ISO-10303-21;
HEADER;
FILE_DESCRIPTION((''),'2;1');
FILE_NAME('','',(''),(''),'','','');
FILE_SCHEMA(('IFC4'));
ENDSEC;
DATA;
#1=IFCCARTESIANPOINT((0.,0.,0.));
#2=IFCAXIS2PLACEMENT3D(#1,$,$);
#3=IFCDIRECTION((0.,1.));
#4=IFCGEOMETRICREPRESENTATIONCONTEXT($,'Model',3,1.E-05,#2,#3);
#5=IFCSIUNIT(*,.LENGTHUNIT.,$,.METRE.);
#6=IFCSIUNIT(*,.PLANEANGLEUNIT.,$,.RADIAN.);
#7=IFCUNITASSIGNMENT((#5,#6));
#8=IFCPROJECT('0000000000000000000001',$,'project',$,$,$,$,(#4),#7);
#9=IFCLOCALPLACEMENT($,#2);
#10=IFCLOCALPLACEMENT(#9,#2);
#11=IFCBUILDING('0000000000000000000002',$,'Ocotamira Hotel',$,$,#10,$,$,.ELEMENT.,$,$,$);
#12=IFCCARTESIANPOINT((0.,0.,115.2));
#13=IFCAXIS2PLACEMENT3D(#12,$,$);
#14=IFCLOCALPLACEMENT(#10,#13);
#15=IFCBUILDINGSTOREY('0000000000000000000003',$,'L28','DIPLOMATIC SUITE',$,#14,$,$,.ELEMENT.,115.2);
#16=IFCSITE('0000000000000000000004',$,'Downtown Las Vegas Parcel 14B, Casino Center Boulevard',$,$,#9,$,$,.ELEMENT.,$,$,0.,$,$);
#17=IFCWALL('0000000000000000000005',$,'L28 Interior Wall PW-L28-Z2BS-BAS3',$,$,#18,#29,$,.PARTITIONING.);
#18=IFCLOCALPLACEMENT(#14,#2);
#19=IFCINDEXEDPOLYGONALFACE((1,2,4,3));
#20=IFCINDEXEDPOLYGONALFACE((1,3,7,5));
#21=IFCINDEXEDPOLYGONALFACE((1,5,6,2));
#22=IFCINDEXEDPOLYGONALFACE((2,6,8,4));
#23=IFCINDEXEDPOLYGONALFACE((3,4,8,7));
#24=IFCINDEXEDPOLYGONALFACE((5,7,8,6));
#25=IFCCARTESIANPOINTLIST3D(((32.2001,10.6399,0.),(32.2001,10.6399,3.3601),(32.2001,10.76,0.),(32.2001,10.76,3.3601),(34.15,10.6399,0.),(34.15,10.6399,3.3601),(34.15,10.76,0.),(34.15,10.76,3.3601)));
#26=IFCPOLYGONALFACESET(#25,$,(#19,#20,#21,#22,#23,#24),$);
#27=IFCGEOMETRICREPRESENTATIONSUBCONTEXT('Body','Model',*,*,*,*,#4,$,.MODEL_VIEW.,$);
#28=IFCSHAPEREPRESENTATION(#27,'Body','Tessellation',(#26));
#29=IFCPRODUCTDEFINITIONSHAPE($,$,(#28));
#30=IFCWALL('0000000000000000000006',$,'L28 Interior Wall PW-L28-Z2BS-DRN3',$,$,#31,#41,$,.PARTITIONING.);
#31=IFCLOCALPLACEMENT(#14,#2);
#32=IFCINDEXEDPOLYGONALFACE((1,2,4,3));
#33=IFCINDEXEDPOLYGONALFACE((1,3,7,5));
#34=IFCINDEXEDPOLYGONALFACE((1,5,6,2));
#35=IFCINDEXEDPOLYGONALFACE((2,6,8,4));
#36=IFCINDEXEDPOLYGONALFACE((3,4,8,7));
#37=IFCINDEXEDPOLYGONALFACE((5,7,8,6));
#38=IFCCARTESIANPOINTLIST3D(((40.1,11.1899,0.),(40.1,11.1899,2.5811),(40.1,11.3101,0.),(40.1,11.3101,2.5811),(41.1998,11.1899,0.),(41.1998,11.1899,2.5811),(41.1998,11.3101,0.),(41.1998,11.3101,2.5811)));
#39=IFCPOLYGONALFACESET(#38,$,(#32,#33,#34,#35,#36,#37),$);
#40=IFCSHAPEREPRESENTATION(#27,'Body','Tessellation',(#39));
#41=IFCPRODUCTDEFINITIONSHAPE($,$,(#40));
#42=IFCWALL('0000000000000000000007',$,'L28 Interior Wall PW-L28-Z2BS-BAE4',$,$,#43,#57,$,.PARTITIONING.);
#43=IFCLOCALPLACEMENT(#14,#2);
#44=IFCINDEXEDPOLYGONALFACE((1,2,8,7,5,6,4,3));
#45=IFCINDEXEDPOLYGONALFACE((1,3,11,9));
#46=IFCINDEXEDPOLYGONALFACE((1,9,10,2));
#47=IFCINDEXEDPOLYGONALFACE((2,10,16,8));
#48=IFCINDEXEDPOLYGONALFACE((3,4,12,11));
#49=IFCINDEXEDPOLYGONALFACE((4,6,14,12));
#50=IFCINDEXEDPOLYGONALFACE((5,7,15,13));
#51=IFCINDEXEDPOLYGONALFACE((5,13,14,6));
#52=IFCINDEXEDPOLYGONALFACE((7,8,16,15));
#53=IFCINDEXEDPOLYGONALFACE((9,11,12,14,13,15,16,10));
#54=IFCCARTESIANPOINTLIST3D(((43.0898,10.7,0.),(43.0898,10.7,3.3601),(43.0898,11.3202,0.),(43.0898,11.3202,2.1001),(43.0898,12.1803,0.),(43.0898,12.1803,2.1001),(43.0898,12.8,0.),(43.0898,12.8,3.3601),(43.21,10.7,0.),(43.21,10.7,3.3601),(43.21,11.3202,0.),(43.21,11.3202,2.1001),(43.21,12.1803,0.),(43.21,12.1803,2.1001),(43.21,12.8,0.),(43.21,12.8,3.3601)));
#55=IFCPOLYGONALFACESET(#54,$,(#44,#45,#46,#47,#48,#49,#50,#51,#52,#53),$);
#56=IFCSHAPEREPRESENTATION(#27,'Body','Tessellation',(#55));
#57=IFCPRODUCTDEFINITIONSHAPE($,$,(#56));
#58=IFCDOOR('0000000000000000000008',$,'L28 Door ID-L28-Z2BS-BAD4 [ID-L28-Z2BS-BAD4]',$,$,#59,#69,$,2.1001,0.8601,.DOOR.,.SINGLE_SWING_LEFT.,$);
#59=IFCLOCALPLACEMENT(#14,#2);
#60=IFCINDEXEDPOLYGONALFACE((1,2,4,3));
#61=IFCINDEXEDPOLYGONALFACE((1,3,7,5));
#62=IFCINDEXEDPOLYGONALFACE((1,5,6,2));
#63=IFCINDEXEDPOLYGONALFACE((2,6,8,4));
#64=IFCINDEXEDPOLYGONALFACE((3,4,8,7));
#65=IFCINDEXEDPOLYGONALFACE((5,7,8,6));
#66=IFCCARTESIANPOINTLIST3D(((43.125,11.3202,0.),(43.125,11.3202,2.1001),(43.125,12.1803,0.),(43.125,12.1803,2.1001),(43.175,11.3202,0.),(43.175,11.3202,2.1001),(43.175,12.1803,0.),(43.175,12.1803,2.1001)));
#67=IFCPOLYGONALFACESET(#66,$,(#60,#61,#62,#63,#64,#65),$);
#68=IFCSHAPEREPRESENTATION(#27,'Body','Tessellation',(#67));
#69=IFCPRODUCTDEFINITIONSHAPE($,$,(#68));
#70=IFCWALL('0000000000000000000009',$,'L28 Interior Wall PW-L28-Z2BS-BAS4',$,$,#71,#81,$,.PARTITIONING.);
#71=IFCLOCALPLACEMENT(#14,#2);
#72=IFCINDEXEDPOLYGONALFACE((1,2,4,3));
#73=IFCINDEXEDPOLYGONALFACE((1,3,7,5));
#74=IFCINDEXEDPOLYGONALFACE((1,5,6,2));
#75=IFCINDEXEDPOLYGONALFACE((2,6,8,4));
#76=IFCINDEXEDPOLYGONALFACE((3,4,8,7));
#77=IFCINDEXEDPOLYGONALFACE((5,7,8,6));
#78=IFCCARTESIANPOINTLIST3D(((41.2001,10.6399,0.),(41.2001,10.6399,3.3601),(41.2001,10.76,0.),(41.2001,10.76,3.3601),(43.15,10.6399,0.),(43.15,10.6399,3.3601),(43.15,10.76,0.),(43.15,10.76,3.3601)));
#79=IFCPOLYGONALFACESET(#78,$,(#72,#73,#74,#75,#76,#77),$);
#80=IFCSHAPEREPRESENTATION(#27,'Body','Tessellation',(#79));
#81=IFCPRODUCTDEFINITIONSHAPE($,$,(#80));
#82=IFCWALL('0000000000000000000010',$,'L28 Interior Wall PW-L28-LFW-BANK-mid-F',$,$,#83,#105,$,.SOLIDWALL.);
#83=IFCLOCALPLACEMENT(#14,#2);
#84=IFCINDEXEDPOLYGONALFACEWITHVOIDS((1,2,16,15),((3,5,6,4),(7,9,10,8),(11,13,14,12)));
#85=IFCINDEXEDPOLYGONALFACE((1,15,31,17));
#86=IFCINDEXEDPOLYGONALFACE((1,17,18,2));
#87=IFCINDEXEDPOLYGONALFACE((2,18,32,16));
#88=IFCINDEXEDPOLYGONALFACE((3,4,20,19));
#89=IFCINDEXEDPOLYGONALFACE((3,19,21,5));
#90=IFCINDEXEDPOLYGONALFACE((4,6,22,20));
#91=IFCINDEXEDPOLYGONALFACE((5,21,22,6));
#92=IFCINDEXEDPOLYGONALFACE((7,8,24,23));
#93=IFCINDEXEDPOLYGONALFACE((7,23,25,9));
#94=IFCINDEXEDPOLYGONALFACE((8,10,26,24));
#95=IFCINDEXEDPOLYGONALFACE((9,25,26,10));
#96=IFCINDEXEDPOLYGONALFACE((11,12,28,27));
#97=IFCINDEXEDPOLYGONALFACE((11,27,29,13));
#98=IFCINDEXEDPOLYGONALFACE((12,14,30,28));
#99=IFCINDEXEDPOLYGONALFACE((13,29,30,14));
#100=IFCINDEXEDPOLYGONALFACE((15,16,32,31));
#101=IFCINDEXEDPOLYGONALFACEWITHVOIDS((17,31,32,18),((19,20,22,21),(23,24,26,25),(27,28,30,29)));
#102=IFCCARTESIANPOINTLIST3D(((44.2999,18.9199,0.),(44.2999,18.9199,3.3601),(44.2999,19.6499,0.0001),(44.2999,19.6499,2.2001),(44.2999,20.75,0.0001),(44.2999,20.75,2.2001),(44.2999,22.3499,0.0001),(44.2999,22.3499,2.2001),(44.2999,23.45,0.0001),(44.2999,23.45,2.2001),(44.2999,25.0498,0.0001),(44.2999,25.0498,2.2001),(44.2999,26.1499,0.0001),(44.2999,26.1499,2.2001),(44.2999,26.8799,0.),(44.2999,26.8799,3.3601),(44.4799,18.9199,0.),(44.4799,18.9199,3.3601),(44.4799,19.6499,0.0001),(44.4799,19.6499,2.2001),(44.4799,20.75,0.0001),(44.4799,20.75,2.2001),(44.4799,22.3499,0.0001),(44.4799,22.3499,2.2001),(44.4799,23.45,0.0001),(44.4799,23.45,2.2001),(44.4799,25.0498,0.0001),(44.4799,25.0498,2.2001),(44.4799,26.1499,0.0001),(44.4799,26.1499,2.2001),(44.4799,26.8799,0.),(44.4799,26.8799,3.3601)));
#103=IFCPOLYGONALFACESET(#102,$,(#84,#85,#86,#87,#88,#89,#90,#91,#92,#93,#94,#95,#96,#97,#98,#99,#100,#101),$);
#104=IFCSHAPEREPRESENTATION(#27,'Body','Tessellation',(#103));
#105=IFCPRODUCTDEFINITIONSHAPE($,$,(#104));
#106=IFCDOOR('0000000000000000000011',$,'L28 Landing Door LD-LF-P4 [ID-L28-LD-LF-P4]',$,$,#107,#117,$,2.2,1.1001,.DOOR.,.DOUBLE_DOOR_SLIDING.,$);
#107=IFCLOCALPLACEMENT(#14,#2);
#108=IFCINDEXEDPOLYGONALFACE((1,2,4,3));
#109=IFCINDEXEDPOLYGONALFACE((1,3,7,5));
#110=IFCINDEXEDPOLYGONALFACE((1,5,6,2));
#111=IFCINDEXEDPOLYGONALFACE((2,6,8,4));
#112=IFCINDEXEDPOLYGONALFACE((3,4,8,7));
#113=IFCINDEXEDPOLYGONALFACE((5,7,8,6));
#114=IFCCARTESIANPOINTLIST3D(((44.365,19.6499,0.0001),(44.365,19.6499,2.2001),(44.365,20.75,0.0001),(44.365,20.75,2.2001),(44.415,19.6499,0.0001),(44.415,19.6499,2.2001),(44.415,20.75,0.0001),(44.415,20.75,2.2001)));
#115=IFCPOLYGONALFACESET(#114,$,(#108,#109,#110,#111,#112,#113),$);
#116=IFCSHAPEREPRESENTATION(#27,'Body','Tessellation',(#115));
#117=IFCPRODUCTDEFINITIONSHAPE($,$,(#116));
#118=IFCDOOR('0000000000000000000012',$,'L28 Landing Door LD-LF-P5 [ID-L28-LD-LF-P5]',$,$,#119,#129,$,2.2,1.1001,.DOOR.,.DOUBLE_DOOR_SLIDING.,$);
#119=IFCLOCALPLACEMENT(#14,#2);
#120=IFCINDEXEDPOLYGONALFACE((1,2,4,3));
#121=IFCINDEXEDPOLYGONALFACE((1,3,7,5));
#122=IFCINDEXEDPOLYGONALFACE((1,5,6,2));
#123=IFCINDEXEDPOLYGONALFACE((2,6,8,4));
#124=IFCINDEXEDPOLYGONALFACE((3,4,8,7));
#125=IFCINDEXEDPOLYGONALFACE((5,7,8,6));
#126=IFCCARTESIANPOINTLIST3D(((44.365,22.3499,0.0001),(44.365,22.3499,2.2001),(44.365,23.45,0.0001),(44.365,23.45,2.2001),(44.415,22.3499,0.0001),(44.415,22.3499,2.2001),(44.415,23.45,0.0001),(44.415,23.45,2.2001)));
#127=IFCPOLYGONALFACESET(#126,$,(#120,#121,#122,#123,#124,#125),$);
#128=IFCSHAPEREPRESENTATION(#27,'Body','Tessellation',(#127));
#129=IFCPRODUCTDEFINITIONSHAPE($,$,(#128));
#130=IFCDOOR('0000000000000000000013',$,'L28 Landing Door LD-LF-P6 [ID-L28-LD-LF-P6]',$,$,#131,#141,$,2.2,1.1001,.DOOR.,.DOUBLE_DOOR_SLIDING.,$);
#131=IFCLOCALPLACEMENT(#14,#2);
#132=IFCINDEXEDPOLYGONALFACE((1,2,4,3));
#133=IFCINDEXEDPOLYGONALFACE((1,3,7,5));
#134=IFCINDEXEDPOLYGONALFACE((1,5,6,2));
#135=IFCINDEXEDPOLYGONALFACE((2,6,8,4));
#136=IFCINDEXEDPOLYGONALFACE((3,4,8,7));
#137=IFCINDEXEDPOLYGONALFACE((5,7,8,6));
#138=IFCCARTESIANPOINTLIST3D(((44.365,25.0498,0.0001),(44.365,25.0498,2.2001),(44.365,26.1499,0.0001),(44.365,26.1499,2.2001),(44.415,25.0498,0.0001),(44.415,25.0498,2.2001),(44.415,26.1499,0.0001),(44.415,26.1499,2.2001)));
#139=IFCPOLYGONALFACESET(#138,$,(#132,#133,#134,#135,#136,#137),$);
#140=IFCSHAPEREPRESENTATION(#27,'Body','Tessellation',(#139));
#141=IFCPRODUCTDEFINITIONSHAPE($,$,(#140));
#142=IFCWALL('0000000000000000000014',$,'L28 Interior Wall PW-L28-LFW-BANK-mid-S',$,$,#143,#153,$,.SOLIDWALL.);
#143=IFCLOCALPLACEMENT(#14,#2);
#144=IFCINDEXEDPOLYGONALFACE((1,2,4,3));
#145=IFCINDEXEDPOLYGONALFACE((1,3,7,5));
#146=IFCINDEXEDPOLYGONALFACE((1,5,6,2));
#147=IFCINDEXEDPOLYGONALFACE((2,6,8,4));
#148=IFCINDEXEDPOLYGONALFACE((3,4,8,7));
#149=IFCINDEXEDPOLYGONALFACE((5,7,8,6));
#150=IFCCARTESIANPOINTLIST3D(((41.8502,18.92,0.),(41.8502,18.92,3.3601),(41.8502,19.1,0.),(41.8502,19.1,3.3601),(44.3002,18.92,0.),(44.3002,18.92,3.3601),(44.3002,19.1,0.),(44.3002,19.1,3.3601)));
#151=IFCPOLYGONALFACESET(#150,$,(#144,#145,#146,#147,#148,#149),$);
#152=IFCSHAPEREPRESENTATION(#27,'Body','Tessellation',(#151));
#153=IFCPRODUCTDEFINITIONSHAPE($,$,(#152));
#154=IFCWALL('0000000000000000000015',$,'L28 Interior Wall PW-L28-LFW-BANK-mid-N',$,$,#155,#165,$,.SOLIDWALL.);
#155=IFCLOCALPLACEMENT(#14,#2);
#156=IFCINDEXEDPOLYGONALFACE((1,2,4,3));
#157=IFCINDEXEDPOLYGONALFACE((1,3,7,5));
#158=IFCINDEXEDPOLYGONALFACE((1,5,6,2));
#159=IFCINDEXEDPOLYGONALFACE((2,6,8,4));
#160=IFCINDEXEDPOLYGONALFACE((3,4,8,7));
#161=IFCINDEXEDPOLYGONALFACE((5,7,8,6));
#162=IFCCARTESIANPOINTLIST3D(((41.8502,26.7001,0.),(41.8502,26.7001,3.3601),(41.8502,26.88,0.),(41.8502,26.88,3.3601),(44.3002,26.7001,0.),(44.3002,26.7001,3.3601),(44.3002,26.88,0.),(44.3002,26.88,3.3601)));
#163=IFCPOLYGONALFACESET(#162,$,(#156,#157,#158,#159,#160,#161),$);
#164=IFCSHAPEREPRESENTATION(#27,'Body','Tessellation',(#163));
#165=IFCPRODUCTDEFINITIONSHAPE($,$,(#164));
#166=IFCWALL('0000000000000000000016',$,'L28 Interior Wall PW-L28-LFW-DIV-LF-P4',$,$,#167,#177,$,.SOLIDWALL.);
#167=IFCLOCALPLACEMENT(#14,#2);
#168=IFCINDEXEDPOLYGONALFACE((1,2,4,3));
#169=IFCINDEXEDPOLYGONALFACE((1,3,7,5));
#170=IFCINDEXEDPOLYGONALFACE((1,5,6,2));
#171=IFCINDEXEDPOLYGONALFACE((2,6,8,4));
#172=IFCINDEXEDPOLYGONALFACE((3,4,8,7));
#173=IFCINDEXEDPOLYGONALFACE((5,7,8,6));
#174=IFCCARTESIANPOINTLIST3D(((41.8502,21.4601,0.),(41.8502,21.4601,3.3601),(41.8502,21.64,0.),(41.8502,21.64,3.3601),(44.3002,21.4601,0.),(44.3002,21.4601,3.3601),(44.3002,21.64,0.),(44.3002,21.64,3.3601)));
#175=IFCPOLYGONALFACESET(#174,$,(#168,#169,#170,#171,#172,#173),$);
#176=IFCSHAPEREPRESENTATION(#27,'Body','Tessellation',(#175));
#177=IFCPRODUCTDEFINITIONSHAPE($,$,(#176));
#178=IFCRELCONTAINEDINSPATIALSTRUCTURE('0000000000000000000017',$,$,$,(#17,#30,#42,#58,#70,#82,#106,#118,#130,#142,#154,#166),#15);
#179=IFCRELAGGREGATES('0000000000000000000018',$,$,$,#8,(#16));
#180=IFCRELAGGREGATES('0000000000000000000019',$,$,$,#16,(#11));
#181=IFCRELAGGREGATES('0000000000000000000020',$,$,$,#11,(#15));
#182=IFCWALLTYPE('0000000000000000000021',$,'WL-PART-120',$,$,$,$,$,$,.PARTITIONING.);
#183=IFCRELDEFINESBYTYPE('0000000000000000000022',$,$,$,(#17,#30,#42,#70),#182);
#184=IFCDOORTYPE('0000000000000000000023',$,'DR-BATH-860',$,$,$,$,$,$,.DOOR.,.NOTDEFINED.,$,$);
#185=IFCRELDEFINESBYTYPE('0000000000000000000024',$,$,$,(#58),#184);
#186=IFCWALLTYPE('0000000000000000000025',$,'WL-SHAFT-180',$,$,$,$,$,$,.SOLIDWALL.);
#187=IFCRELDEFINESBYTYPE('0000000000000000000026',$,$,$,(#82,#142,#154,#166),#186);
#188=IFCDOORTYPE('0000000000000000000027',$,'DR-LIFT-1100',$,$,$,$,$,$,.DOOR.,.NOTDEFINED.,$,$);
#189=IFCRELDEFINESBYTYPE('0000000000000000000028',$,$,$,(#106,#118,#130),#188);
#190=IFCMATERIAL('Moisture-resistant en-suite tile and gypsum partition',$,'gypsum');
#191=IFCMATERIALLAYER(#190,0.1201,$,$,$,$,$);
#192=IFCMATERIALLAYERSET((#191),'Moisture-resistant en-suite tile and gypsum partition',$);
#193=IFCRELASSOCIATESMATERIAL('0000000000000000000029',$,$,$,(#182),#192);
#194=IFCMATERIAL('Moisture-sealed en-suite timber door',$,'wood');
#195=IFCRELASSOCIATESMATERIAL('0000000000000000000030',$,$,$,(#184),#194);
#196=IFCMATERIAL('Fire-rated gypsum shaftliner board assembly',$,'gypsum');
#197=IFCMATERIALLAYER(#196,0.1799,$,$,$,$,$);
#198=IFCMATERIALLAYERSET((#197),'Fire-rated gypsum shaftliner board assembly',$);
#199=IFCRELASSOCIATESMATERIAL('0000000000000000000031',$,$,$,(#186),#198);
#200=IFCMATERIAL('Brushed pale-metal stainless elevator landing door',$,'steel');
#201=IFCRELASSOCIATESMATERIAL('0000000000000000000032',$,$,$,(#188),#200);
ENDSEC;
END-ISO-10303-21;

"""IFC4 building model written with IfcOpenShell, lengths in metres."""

from ifc_helpers import new_model, si_unit, direction, frame, frame_2d, origin, place, context, subcontext, project, spatial, rectangle, extrude, source, transform, mapped, material, layer, layer_set, type_object, element, fill, save


model = new_model("IFC4")

# Units and contexts
model_context = context("Model", 3, precision=1e-05, world=origin(), true_north=direction((0.0, 1.0)))
body_context = subcontext(model_context, "Body", "Model", "MODEL_VIEW")
ifc_project = project(units=[si_unit("LENGTHUNIT", "METRE"), si_unit("PLANEANGLEUNIT", "RADIAN")], contexts=[model_context])

# Site, building, storey
site_placement = place(None, origin())
site = spatial("IfcSite", under=ifc_project, at=site_placement, Name="Downtown Las Vegas Parcel 14B, Casino Center Boulevard", CompositionType="ELEMENT", RefElevation=0.0)
building_placement = place(site_placement, origin())
building = spatial("IfcBuilding", under=site, at=building_placement, Name="Ocotamira Hotel", CompositionType="ELEMENT")
storey_placement = place(building_placement, frame((0.0, 0.0, 115.2)))
storey = spatial("IfcBuildingStorey", under=building, at=storey_placement, Name="L28", Description="DIPLOMATIC SUITE", CompositionType="ELEMENT", Elevation=115.2)

# Shared definitions
ifc_material_1 = material(Name="Moisture-resistant en-suite tile and gypsum partition", Category="gypsum")
ifc_layer_1 = layer(ifc_material_1, 0.1201)
ifc_layer_set_1 = layer_set([ifc_layer_1], Name="Moisture-resistant en-suite tile and gypsum partition")
wall_type_1 = type_object("IfcWallType", Name="WL-PART-120", PredefinedType="PARTITIONING", material=ifc_layer_set_1)

# Shared definitions
ifc_material_2 = material(Name="Moisture-sealed en-suite timber door", Category="wood")
door_type_1 = type_object("IfcDoorType", Name="DR-BATH-860", OperationType="NOTDEFINED", PredefinedType="DOOR", material=ifc_material_2)
shared_shape_1 = source(origin(), body_context, "Body", "SweptSolid", [
    extrude(rectangle(XDim=0.8601, YDim=2.1001, at=frame_2d((0.4302, 1.05))), frame((0.0, 0.0249, 0.0), z_axis=(0.0, -1.0, 0.0), x_axis=(1.0, 0.0, 0.0)), (0.0, 0.0, 1.0), 0.05),
])

# Walls
wall_1_placement = place(storey_placement, frame((32.2, 10.7, 0.0), z_axis=(0.0, 0.0, 1.0), x_axis=(1.0, 0.0, 0.0)))
element("IfcWall", 1, at=wall_1_placement, inside=storey, type_object=wall_type_1, Name="L28 Interior Wall PW-L28-Z2BS-BAS3", PredefinedType="PARTITIONING", context=body_context, shape_type="SweptSolid", body=[
    extrude(rectangle(XDim=1.95, YDim=0.1201, at=frame_2d((0.9751, 0.0))), origin(), (0.0, 0.0, 1.0), 3.3601),
])
wall_2_placement = place(storey_placement, frame((40.1001, 11.25, 0.0), z_axis=(0.0, 0.0, 1.0), x_axis=(1.0, 0.0, 0.0)))
element("IfcWall", 2, at=wall_2_placement, inside=storey, type_object=wall_type_1, Name="L28 Interior Wall PW-L28-Z2BS-DRN3", PredefinedType="PARTITIONING", context=body_context, shape_type="SweptSolid", body=[
    extrude(rectangle(XDim=1.0999, YDim=0.1201, at=frame_2d((0.5498, 0.0))), origin(), (0.0, 0.0, 1.0), 2.5811),
])

# Wall, opening, door
wall_3_placement = place(storey_placement, frame((43.1499, 10.7, 0.0), z_axis=(0.0, 0.0, 1.0), x_axis=(0.0, 1.0, 0.0)))
wall_3 = element("IfcWall", 3, at=wall_3_placement, inside=storey, type_object=wall_type_1, Name="L28 Interior Wall PW-L28-Z2BS-BAE4", PredefinedType="PARTITIONING", context=body_context, shape_type="SweptSolid", body=[
    extrude(rectangle(XDim=2.1001, YDim=0.1201, at=frame_2d((1.05, 0.0))), origin(), (0.0, 0.0, 1.0), 3.3601),
])
opening_1_placement = place(wall_3_placement, frame((0.6201, 0.0, 0.0)))
opening_1 = element("IfcOpeningElement", 4, at=opening_1_placement, cuts=wall_3, PredefinedType="OPENING", context=body_context, shape_type="SweptSolid", body=[
    extrude(rectangle(XDim=0.8601, YDim=2.1001, at=frame_2d((0.4302, 1.05))), frame((0.0, 0.0701, 0.0), z_axis=(0.0, -1.0, 0.0), x_axis=(1.0, 0.0, 0.0)), (0.0, 0.0, 1.0), 0.1401),
])
door_1_placement = place(opening_1_placement, origin())
door_1 = element("IfcDoor", 5, at=door_1_placement, inside=storey, type_object=door_type_1, Name="L28 Door ID-L28-Z2BS-BAD4 [ID-L28-Z2BS-BAD4]", OperationType="SINGLE_SWING_LEFT", OverallHeight=2.1001, OverallWidth=0.8601, PredefinedType="DOOR", context=body_context, shape_type="MappedRepresentation", body=[
    mapped(shared_shape_1, transform((0.0, 0.0, 0.0), scale=1.0)),
])
fill(opening_1, door_1)

# Wall
wall_4_placement = place(storey_placement, frame((41.2, 10.7, 0.0), z_axis=(0.0, 0.0, 1.0), x_axis=(1.0, 0.0, 0.0)))
element("IfcWall", 6, at=wall_4_placement, inside=storey, type_object=wall_type_1, Name="L28 Interior Wall PW-L28-Z2BS-BAS4", PredefinedType="PARTITIONING", context=body_context, shape_type="SweptSolid", body=[
    extrude(rectangle(XDim=1.95, YDim=0.1201, at=frame_2d((0.9751, 0.0))), origin(), (0.0, 0.0, 1.0), 3.3601),
])

# Wall, openings, doors
ifc_material_3 = material(Name="Fire-rated gypsum shaftliner board assembly", Category="gypsum")
ifc_layer_2 = layer(ifc_material_3, 0.1799)
ifc_layer_set_2 = layer_set([ifc_layer_2], Name="Fire-rated gypsum shaftliner board assembly")
wall_type_2 = type_object("IfcWallType", Name="WL-SHAFT-180", PredefinedType="SOLIDWALL", material=ifc_layer_set_2)
wall_5_placement = place(storey_placement, frame((44.3899, 18.9199, 0.0), z_axis=(0.0, 0.0, 1.0), x_axis=(0.0, 1.0, 0.0)))
wall_5 = element("IfcWall", 7, at=wall_5_placement, inside=storey, type_object=wall_type_2, Name="L28 Interior Wall PW-L28-LFW-BANK-mid-F", PredefinedType="SOLIDWALL", context=body_context, shape_type="SweptSolid", body=[
    extrude(rectangle(XDim=7.96, YDim=0.1799, at=frame_2d((3.98, 0.0))), origin(), (0.0, 0.0, 1.0), 3.3601),
])
opening_2_placement = place(wall_5_placement, frame((0.73, 0.0, 0.0)))
opening_2 = element("IfcOpeningElement", 8, at=opening_2_placement, cuts=wall_5, PredefinedType="OPENING", context=body_context, shape_type="SweptSolid", body=[
    extrude(rectangle(XDim=1.1001, YDim=2.2, at=frame_2d((0.55, 1.1001))), frame((0.0, 0.1001, 0.0), z_axis=(0.0, -1.0, 0.0), x_axis=(1.0, 0.0, 0.0)), (0.0, 0.0, 1.0), 0.2),
])
opening_3_placement = place(wall_5_placement, frame((3.4299, 0.0, 0.0)))
opening_3 = element("IfcOpeningElement", 9, at=opening_3_placement, cuts=wall_5, PredefinedType="OPENING", context=body_context, shape_type="SweptSolid", body=[
    extrude(rectangle(XDim=1.1001, YDim=2.2, at=frame_2d((0.55, 1.1001))), frame((0.0, 0.1001, 0.0), z_axis=(0.0, -1.0, 0.0), x_axis=(1.0, 0.0, 0.0)), (0.0, 0.0, 1.0), 0.2),
])
opening_4_placement = place(wall_5_placement, frame((6.1299, 0.0, 0.0)))
opening_4 = element("IfcOpeningElement", 10, at=opening_4_placement, cuts=wall_5, PredefinedType="OPENING", context=body_context, shape_type="SweptSolid", body=[
    extrude(rectangle(XDim=1.1001, YDim=2.2, at=frame_2d((0.55, 1.1001))), frame((0.0, 0.1001, 0.0), z_axis=(0.0, -1.0, 0.0), x_axis=(1.0, 0.0, 0.0)), (0.0, 0.0, 1.0), 0.2),
])
ifc_material_4 = material(Name="Brushed pale-metal stainless elevator landing door", Category="steel")
door_type_2 = type_object("IfcDoorType", Name="DR-LIFT-1100", OperationType="NOTDEFINED", PredefinedType="DOOR", material=ifc_material_4)
shared_shape_2 = source(origin(), body_context, "Body", "SweptSolid", [
    extrude(rectangle(XDim=1.1001, YDim=2.2, at=frame_2d((0.55, 1.1001))), frame((0.0, 0.0249, 0.0), z_axis=(0.0, -1.0, 0.0), x_axis=(1.0, 0.0, 0.0)), (0.0, 0.0, 1.0), 0.05),
])
door_2_placement = place(opening_2_placement, origin())
door_2 = element("IfcDoor", 11, at=door_2_placement, inside=storey, type_object=door_type_2, Name="L28 Landing Door LD-LF-P4 [ID-L28-LD-LF-P4]", OperationType="DOUBLE_DOOR_SLIDING", OverallHeight=2.2, OverallWidth=1.1001, PredefinedType="DOOR", context=body_context, shape_type="MappedRepresentation", body=[
    mapped(shared_shape_2, transform((0.0, 0.0, 0.0), scale=1.0)),
])
fill(opening_2, door_2)
door_3_placement = place(opening_3_placement, origin())
door_3 = element("IfcDoor", 12, at=door_3_placement, inside=storey, type_object=door_type_2, Name="L28 Landing Door LD-LF-P5 [ID-L28-LD-LF-P5]", OperationType="DOUBLE_DOOR_SLIDING", OverallHeight=2.2, OverallWidth=1.1001, PredefinedType="DOOR", context=body_context, shape_type="MappedRepresentation", body=[
    mapped(shared_shape_2, transform((0.0, 0.0, 0.0), scale=1.0)),
])
fill(opening_3, door_3)
door_4_placement = place(opening_4_placement, origin())
door_4 = element("IfcDoor", 13, at=door_4_placement, inside=storey, type_object=door_type_2, Name="L28 Landing Door LD-LF-P6 [ID-L28-LD-LF-P6]", OperationType="DOUBLE_DOOR_SLIDING", OverallHeight=2.2, OverallWidth=1.1001, PredefinedType="DOOR", context=body_context, shape_type="MappedRepresentation", body=[
    mapped(shared_shape_2, transform((0.0, 0.0, 0.0), scale=1.0)),
])
fill(opening_4, door_4)

# Walls
for number, where, z_axis, x_axis, name in (
    (14, (41.8501, 19.01, 0.0), (0.0, 0.0, 1.0), (1.0, 0.0, 0.0), "L28 Interior Wall PW-L28-LFW-BANK-mid-S"),
    (15, (41.8501, 26.79, 0.0), (0.0, 0.0, 1.0), (1.0, 0.0, 0.0), "L28 Interior Wall PW-L28-LFW-BANK-mid-N"),
    (16, (41.8501, 21.55, 0.0), (0.0, 0.0, 1.0), (1.0, 0.0, 0.0), "L28 Interior Wall PW-L28-LFW-DIV-LF-P4"),
):
    element("IfcWall", number, at=place(storey_placement, frame(where, z_axis=z_axis, x_axis=x_axis)), inside=storey, type_object=wall_type_2, Name=name, PredefinedType="SOLIDWALL", context=body_context, shape_type="SweptSolid", body=[
        extrude(rectangle(XDim=2.45, YDim=0.1799, at=frame_2d((1.2251, 0.0))), origin(), (0.0, 0.0, 1.0), 3.3601),
    ])

save(model, "model.ifc")
